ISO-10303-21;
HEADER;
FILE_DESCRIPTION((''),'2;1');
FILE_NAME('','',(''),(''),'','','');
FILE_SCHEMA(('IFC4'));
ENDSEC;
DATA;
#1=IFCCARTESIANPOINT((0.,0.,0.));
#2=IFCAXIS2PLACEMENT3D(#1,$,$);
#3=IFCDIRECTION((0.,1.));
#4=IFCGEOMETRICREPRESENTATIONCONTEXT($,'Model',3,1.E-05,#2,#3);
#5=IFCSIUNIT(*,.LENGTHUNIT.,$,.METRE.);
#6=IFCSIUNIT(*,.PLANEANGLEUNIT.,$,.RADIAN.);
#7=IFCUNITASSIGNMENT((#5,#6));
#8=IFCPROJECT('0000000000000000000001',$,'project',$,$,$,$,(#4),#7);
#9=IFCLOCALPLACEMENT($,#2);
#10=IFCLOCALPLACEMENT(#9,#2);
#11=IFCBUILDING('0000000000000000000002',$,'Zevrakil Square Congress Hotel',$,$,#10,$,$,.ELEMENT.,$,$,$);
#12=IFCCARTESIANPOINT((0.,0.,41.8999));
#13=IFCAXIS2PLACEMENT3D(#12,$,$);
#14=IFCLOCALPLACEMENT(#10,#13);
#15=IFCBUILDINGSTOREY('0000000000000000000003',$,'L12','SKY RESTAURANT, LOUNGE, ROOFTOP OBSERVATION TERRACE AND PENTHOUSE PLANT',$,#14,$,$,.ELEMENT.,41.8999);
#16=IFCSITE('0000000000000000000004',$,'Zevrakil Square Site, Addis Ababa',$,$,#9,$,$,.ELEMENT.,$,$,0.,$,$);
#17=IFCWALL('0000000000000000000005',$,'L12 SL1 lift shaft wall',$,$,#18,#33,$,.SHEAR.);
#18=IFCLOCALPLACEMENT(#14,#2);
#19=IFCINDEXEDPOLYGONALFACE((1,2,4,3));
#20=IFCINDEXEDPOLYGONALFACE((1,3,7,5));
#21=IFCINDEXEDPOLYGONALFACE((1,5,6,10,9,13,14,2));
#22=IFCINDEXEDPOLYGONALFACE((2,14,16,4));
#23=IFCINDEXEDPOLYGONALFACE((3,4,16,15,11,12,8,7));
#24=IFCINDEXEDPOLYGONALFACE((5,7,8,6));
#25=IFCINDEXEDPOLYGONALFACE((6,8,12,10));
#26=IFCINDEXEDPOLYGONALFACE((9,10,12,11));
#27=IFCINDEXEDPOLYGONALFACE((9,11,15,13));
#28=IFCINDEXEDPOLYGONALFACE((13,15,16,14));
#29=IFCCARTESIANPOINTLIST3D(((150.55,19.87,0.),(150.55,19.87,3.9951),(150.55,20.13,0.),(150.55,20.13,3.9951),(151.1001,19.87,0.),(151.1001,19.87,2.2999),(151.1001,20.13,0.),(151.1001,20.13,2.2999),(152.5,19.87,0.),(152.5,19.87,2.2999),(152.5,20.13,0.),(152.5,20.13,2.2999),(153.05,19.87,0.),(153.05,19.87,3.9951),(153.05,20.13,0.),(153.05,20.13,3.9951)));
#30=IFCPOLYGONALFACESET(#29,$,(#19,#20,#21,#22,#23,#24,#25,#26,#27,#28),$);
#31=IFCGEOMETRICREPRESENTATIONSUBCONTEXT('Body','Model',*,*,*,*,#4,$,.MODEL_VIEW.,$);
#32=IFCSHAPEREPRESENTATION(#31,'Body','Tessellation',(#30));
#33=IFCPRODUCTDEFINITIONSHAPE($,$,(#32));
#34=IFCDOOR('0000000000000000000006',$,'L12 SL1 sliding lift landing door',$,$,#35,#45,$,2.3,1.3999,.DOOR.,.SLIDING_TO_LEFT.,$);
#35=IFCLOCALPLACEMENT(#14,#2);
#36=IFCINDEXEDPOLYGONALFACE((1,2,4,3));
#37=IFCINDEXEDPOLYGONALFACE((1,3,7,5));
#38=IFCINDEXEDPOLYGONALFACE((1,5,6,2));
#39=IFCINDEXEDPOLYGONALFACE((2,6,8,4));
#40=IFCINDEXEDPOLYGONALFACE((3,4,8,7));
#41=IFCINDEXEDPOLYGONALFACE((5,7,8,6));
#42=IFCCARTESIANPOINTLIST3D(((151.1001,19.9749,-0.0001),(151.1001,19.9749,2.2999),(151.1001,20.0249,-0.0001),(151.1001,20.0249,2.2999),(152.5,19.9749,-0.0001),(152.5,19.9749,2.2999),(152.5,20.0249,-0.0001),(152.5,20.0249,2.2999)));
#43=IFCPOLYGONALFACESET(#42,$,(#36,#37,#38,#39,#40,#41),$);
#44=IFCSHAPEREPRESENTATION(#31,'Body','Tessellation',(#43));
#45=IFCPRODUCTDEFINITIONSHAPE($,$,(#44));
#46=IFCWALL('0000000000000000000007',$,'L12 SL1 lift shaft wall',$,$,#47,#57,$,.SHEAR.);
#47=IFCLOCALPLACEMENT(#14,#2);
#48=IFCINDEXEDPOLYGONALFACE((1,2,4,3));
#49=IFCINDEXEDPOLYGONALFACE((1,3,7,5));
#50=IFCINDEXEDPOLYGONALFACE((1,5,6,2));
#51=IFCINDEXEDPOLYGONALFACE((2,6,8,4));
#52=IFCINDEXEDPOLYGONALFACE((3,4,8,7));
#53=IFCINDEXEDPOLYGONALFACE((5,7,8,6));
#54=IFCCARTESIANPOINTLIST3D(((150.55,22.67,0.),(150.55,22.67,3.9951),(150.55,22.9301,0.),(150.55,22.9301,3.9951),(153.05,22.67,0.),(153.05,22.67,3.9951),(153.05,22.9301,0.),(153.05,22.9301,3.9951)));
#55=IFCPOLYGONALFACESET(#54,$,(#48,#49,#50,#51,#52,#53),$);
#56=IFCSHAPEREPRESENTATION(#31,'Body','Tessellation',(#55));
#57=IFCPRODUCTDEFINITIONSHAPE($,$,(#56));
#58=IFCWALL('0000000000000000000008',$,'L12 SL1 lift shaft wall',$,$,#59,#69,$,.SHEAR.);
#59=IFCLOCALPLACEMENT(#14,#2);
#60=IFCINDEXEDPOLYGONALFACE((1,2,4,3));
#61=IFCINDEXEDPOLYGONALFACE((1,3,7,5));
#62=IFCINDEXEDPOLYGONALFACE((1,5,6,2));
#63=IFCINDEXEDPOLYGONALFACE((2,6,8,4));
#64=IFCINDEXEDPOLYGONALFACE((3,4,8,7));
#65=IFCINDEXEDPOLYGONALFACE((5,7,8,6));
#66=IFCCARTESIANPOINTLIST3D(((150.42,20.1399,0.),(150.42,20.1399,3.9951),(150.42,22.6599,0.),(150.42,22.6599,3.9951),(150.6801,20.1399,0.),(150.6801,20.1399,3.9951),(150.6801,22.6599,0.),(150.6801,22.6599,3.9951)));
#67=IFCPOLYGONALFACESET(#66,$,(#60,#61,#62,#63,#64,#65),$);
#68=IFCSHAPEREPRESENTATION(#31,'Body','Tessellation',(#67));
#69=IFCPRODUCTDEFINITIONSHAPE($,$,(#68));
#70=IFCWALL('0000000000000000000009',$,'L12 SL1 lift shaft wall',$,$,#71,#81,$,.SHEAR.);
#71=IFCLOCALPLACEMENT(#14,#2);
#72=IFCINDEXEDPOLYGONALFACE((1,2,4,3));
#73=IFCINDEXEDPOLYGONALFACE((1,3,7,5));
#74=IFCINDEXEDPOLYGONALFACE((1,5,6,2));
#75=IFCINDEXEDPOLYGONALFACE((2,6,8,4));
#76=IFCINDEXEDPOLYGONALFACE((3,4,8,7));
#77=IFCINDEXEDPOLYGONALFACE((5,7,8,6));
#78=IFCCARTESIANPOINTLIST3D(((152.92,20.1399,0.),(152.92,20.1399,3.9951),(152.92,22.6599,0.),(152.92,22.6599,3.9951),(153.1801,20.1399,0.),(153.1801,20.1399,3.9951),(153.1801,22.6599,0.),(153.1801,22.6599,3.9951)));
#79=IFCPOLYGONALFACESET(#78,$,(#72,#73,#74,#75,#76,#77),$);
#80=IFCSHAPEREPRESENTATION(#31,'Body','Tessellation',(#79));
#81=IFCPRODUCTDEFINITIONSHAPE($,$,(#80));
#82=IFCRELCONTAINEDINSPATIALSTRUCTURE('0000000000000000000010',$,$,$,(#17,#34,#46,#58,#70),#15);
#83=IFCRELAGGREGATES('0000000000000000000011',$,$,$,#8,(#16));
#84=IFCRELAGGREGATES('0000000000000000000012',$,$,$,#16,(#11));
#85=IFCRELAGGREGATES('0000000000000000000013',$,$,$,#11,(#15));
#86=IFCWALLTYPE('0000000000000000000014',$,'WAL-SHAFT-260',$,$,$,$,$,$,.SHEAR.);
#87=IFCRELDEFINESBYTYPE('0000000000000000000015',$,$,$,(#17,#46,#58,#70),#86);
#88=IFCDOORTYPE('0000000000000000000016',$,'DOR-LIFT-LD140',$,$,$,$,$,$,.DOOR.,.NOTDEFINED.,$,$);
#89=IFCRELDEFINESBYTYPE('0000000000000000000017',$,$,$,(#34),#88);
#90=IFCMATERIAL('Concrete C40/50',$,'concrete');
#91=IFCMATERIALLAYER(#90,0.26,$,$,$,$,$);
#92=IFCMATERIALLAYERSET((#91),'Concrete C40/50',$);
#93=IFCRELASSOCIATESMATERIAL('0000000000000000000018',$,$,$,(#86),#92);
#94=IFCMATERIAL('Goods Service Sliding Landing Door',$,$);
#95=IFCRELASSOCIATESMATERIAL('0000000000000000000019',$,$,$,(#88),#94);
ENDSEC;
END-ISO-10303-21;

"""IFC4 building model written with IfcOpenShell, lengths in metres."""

from ifc_helpers import new_model, si_unit, direction, frame, frame_2d, origin, place, context, subcontext, project, spatial, rectangle, extrude, material, layer, layer_set, type_object, element, fill, save


model = new_model("IFC4")

# Units and contexts
model_context = context("Model", 3, precision=1e-05, world=origin(), true_north=direction((0.0, 1.0)))
body_context = subcontext(model_context, "Body", "Model", "MODEL_VIEW")
ifc_project = project(units=[si_unit("LENGTHUNIT", "METRE"), si_unit("PLANEANGLEUNIT", "RADIAN")], contexts=[model_context])

# Site, building, storey
site_placement = place(None, origin())
site = spatial("IfcSite", under=ifc_project, at=site_placement, Name="Zevrakil Square Site, Addis Ababa", CompositionType="ELEMENT", RefElevation=0.0)
building_placement = place(site_placement, origin())
building = spatial("IfcBuilding", under=site, at=building_placement, Name="Zevrakil Square Congress Hotel", CompositionType="ELEMENT")
storey_placement = place(building_placement, frame((0.0, 0.0, 41.8999)))
storey = spatial("IfcBuildingStorey", under=building, at=storey_placement, Name="L12", Description="SKY RESTAURANT, LOUNGE, ROOFTOP OBSERVATION TERRACE AND PENTHOUSE PLANT", CompositionType="ELEMENT", Elevation=41.8999)

# Shared definitions
ifc_material_1 = material(Name="Concrete C40/50", Category="concrete")
ifc_layer_1 = layer(ifc_material_1, 0.26)
ifc_layer_set_1 = layer_set([ifc_layer_1], Name="Concrete C40/50")
wall_type_1 = type_object("IfcWallType", Name="WAL-SHAFT-260", PredefinedType="SHEAR", material=ifc_layer_set_1)

# Wall, opening, door
wall_1_placement = place(storey_placement, frame((150.55, 20.0, 0.0), z_axis=(0.0, 0.0, 1.0), x_axis=(1.0, 0.0, 0.0)))
wall_1 = element("IfcWall", 1, at=wall_1_placement, inside=storey, type_object=wall_type_1, Name="L12 SL1 lift shaft wall", PredefinedType="SHEAR", context=body_context, shape_type="SweptSolid", body=[
    extrude(rectangle(XDim=2.5, YDim=0.26, at=frame_2d((1.25, 0.0))), origin(), (0.0, 0.0, 1.0), 3.9951),
])
opening_1_placement = place(wall_1_placement, frame((0.55, 0.0, 0.0)))
opening_1 = element("IfcOpeningElement", 2, at=opening_1_placement, cuts=wall_1, PredefinedType="OPENING", context=body_context, shape_type="SweptSolid", body=[
    extrude(rectangle(XDim=1.3999, YDim=2.3, at=frame_2d((0.7, 1.1499))), frame((0.0, 0.1401, 0.0), z_axis=(0.0, -1.0, 0.0), x_axis=(1.0, 0.0, 0.0)), (0.0, 0.0, 1.0), 0.28),
])
ifc_material_2 = material(Name="Goods Service Sliding Landing Door")
door_type_1 = type_object("IfcDoorType", Name="DOR-LIFT-LD140", OperationType="NOTDEFINED", PredefinedType="DOOR", material=ifc_material_2)
door_1_placement = place(opening_1_placement, origin())
door_1 = element("IfcDoor", 3, at=door_1_placement, inside=storey, type_object=door_type_1, Name="L12 SL1 sliding lift landing door", OperationType="SLIDING_TO_LEFT", OverallHeight=2.3, OverallWidth=1.3999, PredefinedType="DOOR", context=body_context, shape_type="SweptSolid", body=[
    extrude(rectangle(XDim=1.3999, YDim=2.3, at=frame_2d((0.7, 1.1499))), frame((0.0, 0.0249, 0.0), z_axis=(0.0, -1.0, 0.0), x_axis=(1.0, 0.0, 0.0)), (0.0, 0.0, 1.0), 0.05),
])
fill(opening_1, door_1)

# Walls
wall_2_placement = place(storey_placement, frame((150.55, 22.8, 0.0), z_axis=(0.0, 0.0, 1.0), x_axis=(1.0, 0.0, 0.0)))
element("IfcWall", 4, at=wall_2_placement, inside=storey, type_object=wall_type_1, Name="L12 SL1 lift shaft wall", PredefinedType="SHEAR", context=body_context, shape_type="SweptSolid", body=[
    extrude(rectangle(XDim=2.5, YDim=0.26, at=frame_2d((1.25, 0.0))), origin(), (0.0, 0.0, 1.0), 3.9951),
])
for number, where, z_axis, x_axis, name in (
    (5, (150.55, 20.1399, 0.0), (0.0, 0.0, 1.0), (0.0, 1.0, 0.0), "L12 SL1 lift shaft wall"),
    (6, (153.05, 20.1399, 0.0), (0.0, 0.0, 1.0), (0.0, 1.0, 0.0), "L12 SL1 lift shaft wall"),
):
    element("IfcWall", number, at=place(storey_placement, frame(where, z_axis=z_axis, x_axis=x_axis)), inside=storey, type_object=wall_type_1, Name=name, PredefinedType="SHEAR", context=body_context, shape_type="SweptSolid", body=[
        extrude(rectangle(XDim=2.52, YDim=0.26, at=frame_2d((1.26, 0.0))), origin(), (0.0, 0.0, 1.0), 3.9951),
    ])

save(model, "model.ifc")
